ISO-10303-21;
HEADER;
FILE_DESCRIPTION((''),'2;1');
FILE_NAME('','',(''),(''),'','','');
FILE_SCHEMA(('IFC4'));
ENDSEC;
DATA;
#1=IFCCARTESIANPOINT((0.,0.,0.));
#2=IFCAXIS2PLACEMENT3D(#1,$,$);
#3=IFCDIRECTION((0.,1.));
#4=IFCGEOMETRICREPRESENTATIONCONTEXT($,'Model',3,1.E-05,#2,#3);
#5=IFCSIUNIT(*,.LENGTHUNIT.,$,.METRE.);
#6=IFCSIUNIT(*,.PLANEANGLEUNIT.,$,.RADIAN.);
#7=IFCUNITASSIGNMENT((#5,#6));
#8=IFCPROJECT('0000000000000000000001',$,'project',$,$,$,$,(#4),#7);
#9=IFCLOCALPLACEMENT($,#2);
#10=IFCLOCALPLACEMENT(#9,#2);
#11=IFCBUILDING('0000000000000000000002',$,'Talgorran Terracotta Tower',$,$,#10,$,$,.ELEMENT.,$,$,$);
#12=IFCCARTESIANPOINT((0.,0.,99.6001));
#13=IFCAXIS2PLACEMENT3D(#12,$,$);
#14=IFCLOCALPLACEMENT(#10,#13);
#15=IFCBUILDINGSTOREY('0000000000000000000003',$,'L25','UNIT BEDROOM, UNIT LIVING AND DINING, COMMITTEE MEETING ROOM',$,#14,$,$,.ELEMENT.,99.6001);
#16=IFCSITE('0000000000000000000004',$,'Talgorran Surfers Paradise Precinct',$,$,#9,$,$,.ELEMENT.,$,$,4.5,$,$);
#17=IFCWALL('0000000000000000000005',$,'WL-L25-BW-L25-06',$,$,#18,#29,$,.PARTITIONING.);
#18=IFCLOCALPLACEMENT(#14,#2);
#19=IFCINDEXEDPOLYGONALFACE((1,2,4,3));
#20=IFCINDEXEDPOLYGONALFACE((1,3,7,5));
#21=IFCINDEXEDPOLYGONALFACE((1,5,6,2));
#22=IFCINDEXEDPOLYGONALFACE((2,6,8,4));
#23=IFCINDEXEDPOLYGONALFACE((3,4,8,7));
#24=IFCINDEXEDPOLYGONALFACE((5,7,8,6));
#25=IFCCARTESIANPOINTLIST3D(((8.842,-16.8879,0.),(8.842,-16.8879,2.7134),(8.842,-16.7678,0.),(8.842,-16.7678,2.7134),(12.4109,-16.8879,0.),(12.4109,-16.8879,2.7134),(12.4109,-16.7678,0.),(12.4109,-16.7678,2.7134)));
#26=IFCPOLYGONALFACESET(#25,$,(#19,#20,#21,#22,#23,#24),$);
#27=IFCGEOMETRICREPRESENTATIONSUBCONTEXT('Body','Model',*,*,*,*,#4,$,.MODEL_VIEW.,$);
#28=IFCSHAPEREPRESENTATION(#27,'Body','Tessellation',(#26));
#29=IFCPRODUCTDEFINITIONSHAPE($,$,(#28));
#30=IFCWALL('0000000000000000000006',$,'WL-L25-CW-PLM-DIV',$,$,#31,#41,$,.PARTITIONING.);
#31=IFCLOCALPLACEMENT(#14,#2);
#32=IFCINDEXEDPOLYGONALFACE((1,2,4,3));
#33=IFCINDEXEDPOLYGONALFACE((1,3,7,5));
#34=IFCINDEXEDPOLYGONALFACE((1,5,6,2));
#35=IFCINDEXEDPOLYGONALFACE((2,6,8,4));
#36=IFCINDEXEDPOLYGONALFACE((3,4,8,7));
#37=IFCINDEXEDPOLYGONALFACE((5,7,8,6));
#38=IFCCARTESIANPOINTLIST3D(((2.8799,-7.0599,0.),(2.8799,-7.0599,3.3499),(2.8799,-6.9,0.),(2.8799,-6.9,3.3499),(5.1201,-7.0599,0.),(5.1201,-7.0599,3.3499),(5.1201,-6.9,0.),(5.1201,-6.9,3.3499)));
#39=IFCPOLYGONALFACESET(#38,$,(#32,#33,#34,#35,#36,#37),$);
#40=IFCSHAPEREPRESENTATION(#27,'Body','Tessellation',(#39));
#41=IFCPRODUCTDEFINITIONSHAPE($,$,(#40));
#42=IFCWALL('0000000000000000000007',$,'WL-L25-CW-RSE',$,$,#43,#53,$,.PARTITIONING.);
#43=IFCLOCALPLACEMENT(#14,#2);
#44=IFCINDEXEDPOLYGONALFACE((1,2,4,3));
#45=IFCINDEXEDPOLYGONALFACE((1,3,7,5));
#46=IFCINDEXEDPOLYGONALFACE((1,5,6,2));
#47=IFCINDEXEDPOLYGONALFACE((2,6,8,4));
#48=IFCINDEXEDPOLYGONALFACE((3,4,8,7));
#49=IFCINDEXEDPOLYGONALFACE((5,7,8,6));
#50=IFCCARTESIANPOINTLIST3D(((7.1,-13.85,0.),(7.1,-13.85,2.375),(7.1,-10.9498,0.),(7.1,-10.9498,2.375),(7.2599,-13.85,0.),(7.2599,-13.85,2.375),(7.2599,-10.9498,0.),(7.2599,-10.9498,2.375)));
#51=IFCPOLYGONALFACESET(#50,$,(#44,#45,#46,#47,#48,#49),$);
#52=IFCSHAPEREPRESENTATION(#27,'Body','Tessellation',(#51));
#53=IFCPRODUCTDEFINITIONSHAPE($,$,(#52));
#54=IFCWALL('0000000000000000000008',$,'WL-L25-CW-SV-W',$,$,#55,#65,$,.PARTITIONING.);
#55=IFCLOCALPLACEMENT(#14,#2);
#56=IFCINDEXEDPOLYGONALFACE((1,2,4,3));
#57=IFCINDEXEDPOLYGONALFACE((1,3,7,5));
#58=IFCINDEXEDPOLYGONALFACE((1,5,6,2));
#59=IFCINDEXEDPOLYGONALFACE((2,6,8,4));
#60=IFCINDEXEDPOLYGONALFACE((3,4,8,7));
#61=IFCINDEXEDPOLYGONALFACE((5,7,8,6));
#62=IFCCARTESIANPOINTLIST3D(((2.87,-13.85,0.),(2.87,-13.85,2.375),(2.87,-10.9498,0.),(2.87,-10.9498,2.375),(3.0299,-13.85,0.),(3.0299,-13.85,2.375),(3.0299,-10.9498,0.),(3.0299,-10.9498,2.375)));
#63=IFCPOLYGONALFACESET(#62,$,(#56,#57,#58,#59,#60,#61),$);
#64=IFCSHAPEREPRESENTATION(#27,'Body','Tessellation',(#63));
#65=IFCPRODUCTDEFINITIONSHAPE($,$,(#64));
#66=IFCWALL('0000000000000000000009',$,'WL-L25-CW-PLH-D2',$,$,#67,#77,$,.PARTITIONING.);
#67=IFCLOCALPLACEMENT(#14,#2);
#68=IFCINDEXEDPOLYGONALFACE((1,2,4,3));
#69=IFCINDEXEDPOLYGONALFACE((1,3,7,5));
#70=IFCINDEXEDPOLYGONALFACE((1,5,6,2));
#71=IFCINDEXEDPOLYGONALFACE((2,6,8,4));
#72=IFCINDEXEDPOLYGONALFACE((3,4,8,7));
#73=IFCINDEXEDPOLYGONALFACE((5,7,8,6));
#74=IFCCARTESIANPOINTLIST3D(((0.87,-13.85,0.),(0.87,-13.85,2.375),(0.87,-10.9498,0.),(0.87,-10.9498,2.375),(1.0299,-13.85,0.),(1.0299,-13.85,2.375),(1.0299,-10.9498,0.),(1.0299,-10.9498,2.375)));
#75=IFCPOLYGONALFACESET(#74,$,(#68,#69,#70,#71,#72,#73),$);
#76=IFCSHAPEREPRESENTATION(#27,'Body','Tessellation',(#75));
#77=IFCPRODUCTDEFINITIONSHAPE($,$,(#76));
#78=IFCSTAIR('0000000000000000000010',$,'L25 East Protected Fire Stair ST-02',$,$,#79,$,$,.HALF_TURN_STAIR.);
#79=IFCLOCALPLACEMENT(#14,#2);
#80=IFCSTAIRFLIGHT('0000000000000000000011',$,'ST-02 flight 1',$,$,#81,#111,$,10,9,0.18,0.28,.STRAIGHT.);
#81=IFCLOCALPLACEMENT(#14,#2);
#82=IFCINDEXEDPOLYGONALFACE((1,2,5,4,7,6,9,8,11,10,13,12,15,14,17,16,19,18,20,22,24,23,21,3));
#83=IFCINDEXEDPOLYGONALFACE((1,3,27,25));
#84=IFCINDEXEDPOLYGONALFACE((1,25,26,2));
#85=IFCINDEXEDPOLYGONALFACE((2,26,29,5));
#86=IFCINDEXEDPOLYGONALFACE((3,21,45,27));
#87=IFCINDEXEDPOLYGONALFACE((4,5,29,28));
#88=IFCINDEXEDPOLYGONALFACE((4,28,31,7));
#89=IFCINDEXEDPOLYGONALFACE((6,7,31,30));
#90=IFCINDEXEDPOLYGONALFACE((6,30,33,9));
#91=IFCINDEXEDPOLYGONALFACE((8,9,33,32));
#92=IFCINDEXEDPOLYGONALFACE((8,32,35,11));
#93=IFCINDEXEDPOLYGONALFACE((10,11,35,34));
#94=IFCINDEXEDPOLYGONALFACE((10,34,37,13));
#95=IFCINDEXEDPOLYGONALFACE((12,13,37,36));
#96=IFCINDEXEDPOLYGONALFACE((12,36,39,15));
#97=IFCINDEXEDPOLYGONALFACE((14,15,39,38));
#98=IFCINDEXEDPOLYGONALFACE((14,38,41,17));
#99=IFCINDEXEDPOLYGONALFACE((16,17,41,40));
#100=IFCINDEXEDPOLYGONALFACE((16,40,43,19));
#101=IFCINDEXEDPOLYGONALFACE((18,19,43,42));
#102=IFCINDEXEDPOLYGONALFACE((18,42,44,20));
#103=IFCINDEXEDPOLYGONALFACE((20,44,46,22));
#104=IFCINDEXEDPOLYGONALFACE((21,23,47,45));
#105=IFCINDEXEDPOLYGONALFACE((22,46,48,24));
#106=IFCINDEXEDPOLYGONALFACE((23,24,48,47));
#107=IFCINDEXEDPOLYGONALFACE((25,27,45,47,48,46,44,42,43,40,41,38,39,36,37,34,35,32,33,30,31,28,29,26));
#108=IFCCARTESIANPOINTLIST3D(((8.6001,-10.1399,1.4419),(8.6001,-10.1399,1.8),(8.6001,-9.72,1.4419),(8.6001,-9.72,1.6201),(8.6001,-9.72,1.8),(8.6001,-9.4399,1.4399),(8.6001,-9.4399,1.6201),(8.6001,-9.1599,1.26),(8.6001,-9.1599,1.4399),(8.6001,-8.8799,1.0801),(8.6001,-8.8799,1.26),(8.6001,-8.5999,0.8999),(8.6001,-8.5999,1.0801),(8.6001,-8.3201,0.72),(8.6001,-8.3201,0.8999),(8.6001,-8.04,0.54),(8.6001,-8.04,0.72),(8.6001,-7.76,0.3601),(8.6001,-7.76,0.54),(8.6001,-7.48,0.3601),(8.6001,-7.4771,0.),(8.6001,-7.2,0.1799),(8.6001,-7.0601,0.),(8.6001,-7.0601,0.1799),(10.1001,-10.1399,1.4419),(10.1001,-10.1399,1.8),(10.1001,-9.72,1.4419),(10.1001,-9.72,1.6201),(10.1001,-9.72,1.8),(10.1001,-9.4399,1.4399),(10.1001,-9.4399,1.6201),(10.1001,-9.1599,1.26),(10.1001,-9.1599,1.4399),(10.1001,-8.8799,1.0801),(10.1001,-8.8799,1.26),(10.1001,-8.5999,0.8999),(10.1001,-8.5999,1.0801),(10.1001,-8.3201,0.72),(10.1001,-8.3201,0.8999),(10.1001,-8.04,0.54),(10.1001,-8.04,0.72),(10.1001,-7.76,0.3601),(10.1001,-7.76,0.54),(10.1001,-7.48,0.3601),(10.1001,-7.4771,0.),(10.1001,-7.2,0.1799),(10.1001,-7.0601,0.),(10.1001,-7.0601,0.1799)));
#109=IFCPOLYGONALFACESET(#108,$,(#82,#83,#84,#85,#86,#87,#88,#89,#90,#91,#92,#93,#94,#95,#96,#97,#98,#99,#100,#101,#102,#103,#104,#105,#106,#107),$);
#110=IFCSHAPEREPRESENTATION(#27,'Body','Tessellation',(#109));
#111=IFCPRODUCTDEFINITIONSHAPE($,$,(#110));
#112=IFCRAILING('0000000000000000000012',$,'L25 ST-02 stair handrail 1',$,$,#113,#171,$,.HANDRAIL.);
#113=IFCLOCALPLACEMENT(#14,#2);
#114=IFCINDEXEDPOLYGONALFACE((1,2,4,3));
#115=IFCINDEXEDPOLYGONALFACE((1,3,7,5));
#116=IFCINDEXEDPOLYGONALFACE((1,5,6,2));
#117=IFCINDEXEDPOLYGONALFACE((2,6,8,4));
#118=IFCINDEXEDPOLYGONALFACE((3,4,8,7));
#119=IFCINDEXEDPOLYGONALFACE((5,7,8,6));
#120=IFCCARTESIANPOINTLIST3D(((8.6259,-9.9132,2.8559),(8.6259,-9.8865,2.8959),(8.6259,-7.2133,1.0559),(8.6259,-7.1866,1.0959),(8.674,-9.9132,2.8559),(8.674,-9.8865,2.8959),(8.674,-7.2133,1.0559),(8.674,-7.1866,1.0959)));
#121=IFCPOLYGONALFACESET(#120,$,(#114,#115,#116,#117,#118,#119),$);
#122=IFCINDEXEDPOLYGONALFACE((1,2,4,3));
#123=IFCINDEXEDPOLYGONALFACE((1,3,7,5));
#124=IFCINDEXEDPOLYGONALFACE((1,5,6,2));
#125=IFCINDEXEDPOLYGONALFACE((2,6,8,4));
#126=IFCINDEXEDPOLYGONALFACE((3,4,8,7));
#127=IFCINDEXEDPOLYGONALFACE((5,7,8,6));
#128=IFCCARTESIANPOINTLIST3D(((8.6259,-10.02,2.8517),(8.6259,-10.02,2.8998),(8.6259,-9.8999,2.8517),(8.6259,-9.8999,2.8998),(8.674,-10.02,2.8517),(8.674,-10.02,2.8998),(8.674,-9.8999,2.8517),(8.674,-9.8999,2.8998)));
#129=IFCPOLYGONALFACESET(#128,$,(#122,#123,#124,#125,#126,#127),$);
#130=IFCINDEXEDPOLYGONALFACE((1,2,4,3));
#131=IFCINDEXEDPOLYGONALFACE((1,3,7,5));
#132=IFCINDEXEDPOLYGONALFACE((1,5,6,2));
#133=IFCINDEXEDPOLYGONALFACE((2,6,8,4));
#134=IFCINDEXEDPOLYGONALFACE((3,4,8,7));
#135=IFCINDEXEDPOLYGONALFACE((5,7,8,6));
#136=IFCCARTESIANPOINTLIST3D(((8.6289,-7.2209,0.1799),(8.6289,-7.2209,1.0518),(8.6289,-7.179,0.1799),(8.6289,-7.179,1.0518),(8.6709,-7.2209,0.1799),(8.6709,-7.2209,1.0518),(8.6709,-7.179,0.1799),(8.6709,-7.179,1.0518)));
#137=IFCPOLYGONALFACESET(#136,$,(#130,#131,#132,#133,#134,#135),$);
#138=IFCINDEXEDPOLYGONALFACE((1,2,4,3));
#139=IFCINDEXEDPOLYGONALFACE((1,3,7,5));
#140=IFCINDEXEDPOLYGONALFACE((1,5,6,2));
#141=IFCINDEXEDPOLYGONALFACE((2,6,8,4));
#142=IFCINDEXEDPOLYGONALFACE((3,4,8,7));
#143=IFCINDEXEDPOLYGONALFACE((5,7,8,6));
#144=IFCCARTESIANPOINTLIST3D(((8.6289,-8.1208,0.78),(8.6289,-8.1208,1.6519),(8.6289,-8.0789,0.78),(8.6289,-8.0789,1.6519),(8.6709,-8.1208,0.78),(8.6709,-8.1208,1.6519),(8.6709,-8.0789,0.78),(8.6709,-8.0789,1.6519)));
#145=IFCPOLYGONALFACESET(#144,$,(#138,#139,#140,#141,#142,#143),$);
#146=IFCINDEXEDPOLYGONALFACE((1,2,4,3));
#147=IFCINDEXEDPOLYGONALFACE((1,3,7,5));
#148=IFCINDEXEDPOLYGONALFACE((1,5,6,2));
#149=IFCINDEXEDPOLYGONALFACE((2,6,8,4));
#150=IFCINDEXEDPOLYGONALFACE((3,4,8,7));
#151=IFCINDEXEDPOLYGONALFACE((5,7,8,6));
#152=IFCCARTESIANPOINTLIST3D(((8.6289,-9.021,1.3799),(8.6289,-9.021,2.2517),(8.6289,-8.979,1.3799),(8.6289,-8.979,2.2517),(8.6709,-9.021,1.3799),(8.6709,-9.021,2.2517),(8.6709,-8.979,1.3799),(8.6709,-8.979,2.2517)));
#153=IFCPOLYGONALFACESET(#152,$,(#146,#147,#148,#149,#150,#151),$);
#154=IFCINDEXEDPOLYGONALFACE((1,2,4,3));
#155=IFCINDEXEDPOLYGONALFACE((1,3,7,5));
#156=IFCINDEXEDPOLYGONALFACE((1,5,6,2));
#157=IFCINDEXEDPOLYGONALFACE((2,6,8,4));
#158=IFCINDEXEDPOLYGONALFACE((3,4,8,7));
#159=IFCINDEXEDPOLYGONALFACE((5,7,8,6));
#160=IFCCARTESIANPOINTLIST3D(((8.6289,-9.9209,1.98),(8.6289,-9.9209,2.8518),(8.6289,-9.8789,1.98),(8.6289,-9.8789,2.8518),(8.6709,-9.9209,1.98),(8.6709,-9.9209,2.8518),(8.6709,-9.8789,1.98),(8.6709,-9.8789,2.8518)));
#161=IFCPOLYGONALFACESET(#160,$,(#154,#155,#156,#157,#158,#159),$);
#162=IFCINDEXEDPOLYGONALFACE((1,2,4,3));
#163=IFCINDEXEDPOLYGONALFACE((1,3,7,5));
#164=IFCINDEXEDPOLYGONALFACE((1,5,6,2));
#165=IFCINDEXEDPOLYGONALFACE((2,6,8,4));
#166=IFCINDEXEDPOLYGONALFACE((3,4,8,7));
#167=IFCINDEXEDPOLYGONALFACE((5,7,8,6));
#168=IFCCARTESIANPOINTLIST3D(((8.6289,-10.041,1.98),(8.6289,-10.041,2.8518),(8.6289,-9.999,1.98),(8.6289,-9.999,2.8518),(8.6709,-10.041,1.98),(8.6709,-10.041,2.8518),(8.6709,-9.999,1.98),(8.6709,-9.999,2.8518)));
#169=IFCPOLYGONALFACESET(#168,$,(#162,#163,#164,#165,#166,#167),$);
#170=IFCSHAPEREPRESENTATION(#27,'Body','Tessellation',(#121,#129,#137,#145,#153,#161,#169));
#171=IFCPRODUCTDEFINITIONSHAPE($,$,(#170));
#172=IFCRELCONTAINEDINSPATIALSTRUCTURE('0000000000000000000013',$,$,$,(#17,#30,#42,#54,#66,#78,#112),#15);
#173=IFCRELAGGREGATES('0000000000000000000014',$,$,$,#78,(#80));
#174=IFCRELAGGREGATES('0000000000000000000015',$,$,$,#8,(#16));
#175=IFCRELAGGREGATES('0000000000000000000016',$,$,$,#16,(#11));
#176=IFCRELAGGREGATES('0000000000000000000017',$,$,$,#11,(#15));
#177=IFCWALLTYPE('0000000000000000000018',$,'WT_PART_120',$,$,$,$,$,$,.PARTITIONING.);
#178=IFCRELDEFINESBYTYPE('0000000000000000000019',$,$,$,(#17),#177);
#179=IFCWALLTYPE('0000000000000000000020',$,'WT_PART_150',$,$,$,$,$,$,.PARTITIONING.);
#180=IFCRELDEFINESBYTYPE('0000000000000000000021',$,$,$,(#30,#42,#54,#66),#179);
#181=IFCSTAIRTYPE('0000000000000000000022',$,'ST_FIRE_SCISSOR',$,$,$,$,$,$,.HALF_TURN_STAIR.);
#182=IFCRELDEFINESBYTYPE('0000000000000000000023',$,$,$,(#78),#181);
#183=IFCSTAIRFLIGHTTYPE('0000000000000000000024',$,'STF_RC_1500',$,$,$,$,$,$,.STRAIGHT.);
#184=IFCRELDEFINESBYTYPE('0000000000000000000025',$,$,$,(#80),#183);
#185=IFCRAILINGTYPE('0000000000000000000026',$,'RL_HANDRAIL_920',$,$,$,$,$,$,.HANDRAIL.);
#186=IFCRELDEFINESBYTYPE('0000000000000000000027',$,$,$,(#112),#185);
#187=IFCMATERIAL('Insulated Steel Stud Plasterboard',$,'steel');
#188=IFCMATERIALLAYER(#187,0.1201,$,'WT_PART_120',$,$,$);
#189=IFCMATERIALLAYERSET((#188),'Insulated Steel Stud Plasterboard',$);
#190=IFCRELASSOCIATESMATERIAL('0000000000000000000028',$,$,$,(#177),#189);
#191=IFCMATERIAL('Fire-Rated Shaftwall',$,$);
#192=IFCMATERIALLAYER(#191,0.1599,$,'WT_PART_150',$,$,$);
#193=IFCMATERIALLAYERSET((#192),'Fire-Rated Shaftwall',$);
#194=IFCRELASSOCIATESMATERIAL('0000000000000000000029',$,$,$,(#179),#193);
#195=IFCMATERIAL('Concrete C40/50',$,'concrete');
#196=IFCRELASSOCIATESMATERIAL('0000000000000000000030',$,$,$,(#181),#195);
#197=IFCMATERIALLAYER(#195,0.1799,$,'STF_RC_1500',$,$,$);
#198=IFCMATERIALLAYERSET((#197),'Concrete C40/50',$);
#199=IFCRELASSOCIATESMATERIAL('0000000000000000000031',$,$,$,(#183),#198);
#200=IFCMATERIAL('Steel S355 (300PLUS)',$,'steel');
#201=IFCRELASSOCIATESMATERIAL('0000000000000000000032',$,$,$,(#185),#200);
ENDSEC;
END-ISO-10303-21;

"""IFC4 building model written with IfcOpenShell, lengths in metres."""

from ifc_helpers import new_model, si_unit, direction, frame, frame_2d, origin, origin_2d, place, context, subcontext, project, spatial, polyline, rectangle, outline, extrude, material, layer, layer_set, type_object, element, aggregate, save


model = new_model("IFC4")

# Units and contexts
model_context = context("Model", 3, precision=1e-05, world=origin(), true_north=direction((0.0, 1.0)))
body_context = subcontext(model_context, "Body", "Model", "MODEL_VIEW")
ifc_project = project(units=[si_unit("LENGTHUNIT", "METRE"), si_unit("PLANEANGLEUNIT", "RADIAN")], contexts=[model_context])

# Site, building, storey
site_placement = place(None, origin())
site = spatial("IfcSite", under=ifc_project, at=site_placement, Name="Talgorran Surfers Paradise Precinct", CompositionType="ELEMENT", RefElevation=4.5)
building_placement = place(site_placement, origin())
building = spatial("IfcBuilding", under=site, at=building_placement, Name="Talgorran Terracotta Tower", CompositionType="ELEMENT")
storey_placement = place(building_placement, frame((0.0, 0.0, 99.6001)))
storey = spatial("IfcBuildingStorey", under=building, at=storey_placement, Name="L25", Description="UNIT BEDROOM, UNIT LIVING AND DINING, COMMITTEE MEETING ROOM", CompositionType="ELEMENT", Elevation=99.6001)

# Shared definitions
ifc_material_1 = material(Name="Steel S355 (300PLUS)", Category="steel")

# Walls
ifc_material_2 = material(Name="Insulated Steel Stud Plasterboard", Category="steel")
ifc_layer_1 = layer(ifc_material_2, 0.1201, Name="WT_PART_120")
ifc_layer_set_1 = layer_set([ifc_layer_1], Name="Insulated Steel Stud Plasterboard")
wall_type_1 = type_object("IfcWallType", Name="WT_PART_120", PredefinedType="PARTITIONING", material=ifc_layer_set_1)
wall_1_placement = place(storey_placement, frame((8.842, -16.8279, 0.0), z_axis=(0.0, 0.0, 1.0), x_axis=(1.0, 0.0, 0.0)))
element("IfcWall", 1, at=wall_1_placement, inside=storey, type_object=wall_type_1, Name="WL-L25-BW-L25-06", PredefinedType="PARTITIONING", context=body_context, shape_type="SweptSolid", body=[
    extrude(rectangle(XDim=3.5688, YDim=0.1201, at=frame_2d((1.7844, 0.0))), origin(), (0.0, 0.0, 1.0), 2.7134),
])
ifc_material_3 = material(Name="Fire-Rated Shaftwall")
ifc_layer_2 = layer(ifc_material_3, 0.1599, Name="WT_PART_150")
ifc_layer_set_2 = layer_set([ifc_layer_2], Name="Fire-Rated Shaftwall")
wall_type_2 = type_object("IfcWallType", Name="WT_PART_150", PredefinedType="PARTITIONING", material=ifc_layer_set_2)
wall_2_placement = place(storey_placement, frame((2.8799, -6.98, 0.0), z_axis=(0.0, 0.0, 1.0), x_axis=(1.0, 0.0, 0.0)))
element("IfcWall", 2, at=wall_2_placement, inside=storey, type_object=wall_type_2, Name="WL-L25-CW-PLM-DIV", PredefinedType="PARTITIONING", context=body_context, shape_type="SweptSolid", body=[
    extrude(rectangle(XDim=2.2402, YDim=0.1599, at=frame_2d((1.1201, 0.0))), origin(), (0.0, 0.0, 1.0), 3.3499),
])
for number, where, z_axis, x_axis, name in (
    (3, (7.1799, -13.8501, 0.0), (0.0, 0.0, 1.0), (0.0, 1.0, 0.0), "WL-L25-CW-RSE"),
    (4, (2.95, -13.8501, 0.0), (0.0, 0.0, 1.0), (0.0, 1.0, 0.0), "WL-L25-CW-SV-W"),
    (5, (0.95, -13.8501, 0.0), (0.0, 0.0, 1.0), (0.0, 1.0, 0.0), "WL-L25-CW-PLH-D2"),
):
    element("IfcWall", number, at=place(storey_placement, frame(where, z_axis=z_axis, x_axis=x_axis)), inside=storey, type_object=wall_type_2, Name=name, PredefinedType="PARTITIONING", context=body_context, shape_type="SweptSolid", body=[
        extrude(rectangle(XDim=2.9001, YDim=0.1599, at=frame_2d((1.4502, 0.0))), origin(), (0.0, 0.0, 1.0), 2.375),
    ])

# Stair, stair flight
ifc_material_4 = material(Name="Concrete C40/50", Category="concrete")
stair_type = type_object("IfcStairType", Name="ST_FIRE_SCISSOR", PredefinedType="HALF_TURN_STAIR", material=ifc_material_4)
stair_placement = place(storey_placement, origin())
stair = element("IfcStair", 6, at=stair_placement, inside=storey, type_object=stair_type, Name="L25 East Protected Fire Stair ST-02", PredefinedType="HALF_TURN_STAIR")
ifc_layer_3 = layer(ifc_material_4, 0.1799, Name="STF_RC_1500")
ifc_layer_set_3 = layer_set([ifc_layer_3], Name="Concrete C40/50")
stair_flight_type = type_object("IfcStairFlightType", Name="STF_RC_1500", PredefinedType="STRAIGHT", material=ifc_layer_set_3)
stair_flight_placement = place(storey_placement, frame((9.3501, -7.2, 0.0), z_axis=(0.0, 0.0, 1.0), x_axis=(0.0, -1.0, 0.0)))
stair_flight = element("IfcStairFlight", 7, at=stair_flight_placement, type_object=stair_flight_type, Name="ST-02 flight 1", NumberOfRisers=10, NumberOfTreads=9, PredefinedType="STRAIGHT", RiserHeight=0.18, TreadLength=0.28, context=body_context, shape_type="SweptSolid", body=[
    extrude(outline(polyline([(-0.1399, 0.0), (-0.1399, 0.1799), (0.0, 0.1799), (0.28, 0.3601), (0.5601, 0.3601), (0.5601, 0.54), (0.8401, 0.54), (0.8401, 0.72), (1.1201, 0.72), (1.1201, 0.8999), (1.3999, 0.8999), (1.3999, 1.0801), (1.6799, 1.0801), (1.6799, 1.26), (1.96, 1.26), (1.96, 1.4399), (2.24, 1.4399), (2.24, 1.6201), (2.52, 1.6201), (2.52, 1.8), (2.9399, 1.8), (2.9399, 1.4419), (2.52, 1.4419), (0.2771, 0.0), (-0.1399, 0.0)])), frame((0.0, 0.75, 0.0), z_axis=(0.0, -1.0, 0.0), x_axis=(1.0, 0.0, 0.0)), (0.0, 0.0, 1.0), 1.5),
])
aggregate(stair, [stair_flight])

# Railing
railing_type_1 = type_object("IfcRailingType", Name="RL_HANDRAIL_920", PredefinedType="HANDRAIL", material=ifc_material_1)
railing_1_placement = place(storey_placement, frame((8.6499, -7.2, 0.1799)))
element("IfcRailing", 8, at=railing_1_placement, inside=storey, type_object=railing_type_1, Name="L25 ST-02 stair handrail 1", PredefinedType="HANDRAIL", context=body_context, shape_type="SweptSolid", body=[
    extrude(rectangle(XDim=0.0481, YDim=0.0481, at=origin_2d()), frame((0.0, 0.0, 0.896), z_axis=(0.0, -0.832039, 0.554718), x_axis=(1.0, 0.0, 0.0)), (0.0, 0.0, 1.0), 3.2449),
    extrude(rectangle(XDim=0.0481, YDim=0.0481, at=origin_2d()), frame((0.0, -2.7, 2.6958), z_axis=(0.0, -1.0, 0.0), x_axis=(1.0, 0.0, 0.0)), (0.0, 0.0, 1.0), 0.1201),
    extrude(rectangle(XDim=0.042, YDim=0.042, at=origin_2d()), origin(), (0.0, 0.0, 1.0), 0.8718),
    extrude(rectangle(XDim=0.042, YDim=0.042, at=origin_2d()), frame((0.0, -0.8999, 0.6001)), (0.0, 0.0, 1.0), 0.8718),
    extrude(rectangle(XDim=0.042, YDim=0.042, at=origin_2d()), frame((0.0, -1.8, 1.2)), (0.0, 0.0, 1.0), 0.8718),
    extrude(rectangle(XDim=0.042, YDim=0.042, at=origin_2d()), frame((0.0, -2.7, 1.8)), (0.0, 0.0, 1.0), 0.8718),
    extrude(rectangle(XDim=0.042, YDim=0.042, at=origin_2d()), frame((0.0, -2.8201, 1.8)), (0.0, 0.0, 1.0), 0.8718),
])

save(model, "model.ifc")
